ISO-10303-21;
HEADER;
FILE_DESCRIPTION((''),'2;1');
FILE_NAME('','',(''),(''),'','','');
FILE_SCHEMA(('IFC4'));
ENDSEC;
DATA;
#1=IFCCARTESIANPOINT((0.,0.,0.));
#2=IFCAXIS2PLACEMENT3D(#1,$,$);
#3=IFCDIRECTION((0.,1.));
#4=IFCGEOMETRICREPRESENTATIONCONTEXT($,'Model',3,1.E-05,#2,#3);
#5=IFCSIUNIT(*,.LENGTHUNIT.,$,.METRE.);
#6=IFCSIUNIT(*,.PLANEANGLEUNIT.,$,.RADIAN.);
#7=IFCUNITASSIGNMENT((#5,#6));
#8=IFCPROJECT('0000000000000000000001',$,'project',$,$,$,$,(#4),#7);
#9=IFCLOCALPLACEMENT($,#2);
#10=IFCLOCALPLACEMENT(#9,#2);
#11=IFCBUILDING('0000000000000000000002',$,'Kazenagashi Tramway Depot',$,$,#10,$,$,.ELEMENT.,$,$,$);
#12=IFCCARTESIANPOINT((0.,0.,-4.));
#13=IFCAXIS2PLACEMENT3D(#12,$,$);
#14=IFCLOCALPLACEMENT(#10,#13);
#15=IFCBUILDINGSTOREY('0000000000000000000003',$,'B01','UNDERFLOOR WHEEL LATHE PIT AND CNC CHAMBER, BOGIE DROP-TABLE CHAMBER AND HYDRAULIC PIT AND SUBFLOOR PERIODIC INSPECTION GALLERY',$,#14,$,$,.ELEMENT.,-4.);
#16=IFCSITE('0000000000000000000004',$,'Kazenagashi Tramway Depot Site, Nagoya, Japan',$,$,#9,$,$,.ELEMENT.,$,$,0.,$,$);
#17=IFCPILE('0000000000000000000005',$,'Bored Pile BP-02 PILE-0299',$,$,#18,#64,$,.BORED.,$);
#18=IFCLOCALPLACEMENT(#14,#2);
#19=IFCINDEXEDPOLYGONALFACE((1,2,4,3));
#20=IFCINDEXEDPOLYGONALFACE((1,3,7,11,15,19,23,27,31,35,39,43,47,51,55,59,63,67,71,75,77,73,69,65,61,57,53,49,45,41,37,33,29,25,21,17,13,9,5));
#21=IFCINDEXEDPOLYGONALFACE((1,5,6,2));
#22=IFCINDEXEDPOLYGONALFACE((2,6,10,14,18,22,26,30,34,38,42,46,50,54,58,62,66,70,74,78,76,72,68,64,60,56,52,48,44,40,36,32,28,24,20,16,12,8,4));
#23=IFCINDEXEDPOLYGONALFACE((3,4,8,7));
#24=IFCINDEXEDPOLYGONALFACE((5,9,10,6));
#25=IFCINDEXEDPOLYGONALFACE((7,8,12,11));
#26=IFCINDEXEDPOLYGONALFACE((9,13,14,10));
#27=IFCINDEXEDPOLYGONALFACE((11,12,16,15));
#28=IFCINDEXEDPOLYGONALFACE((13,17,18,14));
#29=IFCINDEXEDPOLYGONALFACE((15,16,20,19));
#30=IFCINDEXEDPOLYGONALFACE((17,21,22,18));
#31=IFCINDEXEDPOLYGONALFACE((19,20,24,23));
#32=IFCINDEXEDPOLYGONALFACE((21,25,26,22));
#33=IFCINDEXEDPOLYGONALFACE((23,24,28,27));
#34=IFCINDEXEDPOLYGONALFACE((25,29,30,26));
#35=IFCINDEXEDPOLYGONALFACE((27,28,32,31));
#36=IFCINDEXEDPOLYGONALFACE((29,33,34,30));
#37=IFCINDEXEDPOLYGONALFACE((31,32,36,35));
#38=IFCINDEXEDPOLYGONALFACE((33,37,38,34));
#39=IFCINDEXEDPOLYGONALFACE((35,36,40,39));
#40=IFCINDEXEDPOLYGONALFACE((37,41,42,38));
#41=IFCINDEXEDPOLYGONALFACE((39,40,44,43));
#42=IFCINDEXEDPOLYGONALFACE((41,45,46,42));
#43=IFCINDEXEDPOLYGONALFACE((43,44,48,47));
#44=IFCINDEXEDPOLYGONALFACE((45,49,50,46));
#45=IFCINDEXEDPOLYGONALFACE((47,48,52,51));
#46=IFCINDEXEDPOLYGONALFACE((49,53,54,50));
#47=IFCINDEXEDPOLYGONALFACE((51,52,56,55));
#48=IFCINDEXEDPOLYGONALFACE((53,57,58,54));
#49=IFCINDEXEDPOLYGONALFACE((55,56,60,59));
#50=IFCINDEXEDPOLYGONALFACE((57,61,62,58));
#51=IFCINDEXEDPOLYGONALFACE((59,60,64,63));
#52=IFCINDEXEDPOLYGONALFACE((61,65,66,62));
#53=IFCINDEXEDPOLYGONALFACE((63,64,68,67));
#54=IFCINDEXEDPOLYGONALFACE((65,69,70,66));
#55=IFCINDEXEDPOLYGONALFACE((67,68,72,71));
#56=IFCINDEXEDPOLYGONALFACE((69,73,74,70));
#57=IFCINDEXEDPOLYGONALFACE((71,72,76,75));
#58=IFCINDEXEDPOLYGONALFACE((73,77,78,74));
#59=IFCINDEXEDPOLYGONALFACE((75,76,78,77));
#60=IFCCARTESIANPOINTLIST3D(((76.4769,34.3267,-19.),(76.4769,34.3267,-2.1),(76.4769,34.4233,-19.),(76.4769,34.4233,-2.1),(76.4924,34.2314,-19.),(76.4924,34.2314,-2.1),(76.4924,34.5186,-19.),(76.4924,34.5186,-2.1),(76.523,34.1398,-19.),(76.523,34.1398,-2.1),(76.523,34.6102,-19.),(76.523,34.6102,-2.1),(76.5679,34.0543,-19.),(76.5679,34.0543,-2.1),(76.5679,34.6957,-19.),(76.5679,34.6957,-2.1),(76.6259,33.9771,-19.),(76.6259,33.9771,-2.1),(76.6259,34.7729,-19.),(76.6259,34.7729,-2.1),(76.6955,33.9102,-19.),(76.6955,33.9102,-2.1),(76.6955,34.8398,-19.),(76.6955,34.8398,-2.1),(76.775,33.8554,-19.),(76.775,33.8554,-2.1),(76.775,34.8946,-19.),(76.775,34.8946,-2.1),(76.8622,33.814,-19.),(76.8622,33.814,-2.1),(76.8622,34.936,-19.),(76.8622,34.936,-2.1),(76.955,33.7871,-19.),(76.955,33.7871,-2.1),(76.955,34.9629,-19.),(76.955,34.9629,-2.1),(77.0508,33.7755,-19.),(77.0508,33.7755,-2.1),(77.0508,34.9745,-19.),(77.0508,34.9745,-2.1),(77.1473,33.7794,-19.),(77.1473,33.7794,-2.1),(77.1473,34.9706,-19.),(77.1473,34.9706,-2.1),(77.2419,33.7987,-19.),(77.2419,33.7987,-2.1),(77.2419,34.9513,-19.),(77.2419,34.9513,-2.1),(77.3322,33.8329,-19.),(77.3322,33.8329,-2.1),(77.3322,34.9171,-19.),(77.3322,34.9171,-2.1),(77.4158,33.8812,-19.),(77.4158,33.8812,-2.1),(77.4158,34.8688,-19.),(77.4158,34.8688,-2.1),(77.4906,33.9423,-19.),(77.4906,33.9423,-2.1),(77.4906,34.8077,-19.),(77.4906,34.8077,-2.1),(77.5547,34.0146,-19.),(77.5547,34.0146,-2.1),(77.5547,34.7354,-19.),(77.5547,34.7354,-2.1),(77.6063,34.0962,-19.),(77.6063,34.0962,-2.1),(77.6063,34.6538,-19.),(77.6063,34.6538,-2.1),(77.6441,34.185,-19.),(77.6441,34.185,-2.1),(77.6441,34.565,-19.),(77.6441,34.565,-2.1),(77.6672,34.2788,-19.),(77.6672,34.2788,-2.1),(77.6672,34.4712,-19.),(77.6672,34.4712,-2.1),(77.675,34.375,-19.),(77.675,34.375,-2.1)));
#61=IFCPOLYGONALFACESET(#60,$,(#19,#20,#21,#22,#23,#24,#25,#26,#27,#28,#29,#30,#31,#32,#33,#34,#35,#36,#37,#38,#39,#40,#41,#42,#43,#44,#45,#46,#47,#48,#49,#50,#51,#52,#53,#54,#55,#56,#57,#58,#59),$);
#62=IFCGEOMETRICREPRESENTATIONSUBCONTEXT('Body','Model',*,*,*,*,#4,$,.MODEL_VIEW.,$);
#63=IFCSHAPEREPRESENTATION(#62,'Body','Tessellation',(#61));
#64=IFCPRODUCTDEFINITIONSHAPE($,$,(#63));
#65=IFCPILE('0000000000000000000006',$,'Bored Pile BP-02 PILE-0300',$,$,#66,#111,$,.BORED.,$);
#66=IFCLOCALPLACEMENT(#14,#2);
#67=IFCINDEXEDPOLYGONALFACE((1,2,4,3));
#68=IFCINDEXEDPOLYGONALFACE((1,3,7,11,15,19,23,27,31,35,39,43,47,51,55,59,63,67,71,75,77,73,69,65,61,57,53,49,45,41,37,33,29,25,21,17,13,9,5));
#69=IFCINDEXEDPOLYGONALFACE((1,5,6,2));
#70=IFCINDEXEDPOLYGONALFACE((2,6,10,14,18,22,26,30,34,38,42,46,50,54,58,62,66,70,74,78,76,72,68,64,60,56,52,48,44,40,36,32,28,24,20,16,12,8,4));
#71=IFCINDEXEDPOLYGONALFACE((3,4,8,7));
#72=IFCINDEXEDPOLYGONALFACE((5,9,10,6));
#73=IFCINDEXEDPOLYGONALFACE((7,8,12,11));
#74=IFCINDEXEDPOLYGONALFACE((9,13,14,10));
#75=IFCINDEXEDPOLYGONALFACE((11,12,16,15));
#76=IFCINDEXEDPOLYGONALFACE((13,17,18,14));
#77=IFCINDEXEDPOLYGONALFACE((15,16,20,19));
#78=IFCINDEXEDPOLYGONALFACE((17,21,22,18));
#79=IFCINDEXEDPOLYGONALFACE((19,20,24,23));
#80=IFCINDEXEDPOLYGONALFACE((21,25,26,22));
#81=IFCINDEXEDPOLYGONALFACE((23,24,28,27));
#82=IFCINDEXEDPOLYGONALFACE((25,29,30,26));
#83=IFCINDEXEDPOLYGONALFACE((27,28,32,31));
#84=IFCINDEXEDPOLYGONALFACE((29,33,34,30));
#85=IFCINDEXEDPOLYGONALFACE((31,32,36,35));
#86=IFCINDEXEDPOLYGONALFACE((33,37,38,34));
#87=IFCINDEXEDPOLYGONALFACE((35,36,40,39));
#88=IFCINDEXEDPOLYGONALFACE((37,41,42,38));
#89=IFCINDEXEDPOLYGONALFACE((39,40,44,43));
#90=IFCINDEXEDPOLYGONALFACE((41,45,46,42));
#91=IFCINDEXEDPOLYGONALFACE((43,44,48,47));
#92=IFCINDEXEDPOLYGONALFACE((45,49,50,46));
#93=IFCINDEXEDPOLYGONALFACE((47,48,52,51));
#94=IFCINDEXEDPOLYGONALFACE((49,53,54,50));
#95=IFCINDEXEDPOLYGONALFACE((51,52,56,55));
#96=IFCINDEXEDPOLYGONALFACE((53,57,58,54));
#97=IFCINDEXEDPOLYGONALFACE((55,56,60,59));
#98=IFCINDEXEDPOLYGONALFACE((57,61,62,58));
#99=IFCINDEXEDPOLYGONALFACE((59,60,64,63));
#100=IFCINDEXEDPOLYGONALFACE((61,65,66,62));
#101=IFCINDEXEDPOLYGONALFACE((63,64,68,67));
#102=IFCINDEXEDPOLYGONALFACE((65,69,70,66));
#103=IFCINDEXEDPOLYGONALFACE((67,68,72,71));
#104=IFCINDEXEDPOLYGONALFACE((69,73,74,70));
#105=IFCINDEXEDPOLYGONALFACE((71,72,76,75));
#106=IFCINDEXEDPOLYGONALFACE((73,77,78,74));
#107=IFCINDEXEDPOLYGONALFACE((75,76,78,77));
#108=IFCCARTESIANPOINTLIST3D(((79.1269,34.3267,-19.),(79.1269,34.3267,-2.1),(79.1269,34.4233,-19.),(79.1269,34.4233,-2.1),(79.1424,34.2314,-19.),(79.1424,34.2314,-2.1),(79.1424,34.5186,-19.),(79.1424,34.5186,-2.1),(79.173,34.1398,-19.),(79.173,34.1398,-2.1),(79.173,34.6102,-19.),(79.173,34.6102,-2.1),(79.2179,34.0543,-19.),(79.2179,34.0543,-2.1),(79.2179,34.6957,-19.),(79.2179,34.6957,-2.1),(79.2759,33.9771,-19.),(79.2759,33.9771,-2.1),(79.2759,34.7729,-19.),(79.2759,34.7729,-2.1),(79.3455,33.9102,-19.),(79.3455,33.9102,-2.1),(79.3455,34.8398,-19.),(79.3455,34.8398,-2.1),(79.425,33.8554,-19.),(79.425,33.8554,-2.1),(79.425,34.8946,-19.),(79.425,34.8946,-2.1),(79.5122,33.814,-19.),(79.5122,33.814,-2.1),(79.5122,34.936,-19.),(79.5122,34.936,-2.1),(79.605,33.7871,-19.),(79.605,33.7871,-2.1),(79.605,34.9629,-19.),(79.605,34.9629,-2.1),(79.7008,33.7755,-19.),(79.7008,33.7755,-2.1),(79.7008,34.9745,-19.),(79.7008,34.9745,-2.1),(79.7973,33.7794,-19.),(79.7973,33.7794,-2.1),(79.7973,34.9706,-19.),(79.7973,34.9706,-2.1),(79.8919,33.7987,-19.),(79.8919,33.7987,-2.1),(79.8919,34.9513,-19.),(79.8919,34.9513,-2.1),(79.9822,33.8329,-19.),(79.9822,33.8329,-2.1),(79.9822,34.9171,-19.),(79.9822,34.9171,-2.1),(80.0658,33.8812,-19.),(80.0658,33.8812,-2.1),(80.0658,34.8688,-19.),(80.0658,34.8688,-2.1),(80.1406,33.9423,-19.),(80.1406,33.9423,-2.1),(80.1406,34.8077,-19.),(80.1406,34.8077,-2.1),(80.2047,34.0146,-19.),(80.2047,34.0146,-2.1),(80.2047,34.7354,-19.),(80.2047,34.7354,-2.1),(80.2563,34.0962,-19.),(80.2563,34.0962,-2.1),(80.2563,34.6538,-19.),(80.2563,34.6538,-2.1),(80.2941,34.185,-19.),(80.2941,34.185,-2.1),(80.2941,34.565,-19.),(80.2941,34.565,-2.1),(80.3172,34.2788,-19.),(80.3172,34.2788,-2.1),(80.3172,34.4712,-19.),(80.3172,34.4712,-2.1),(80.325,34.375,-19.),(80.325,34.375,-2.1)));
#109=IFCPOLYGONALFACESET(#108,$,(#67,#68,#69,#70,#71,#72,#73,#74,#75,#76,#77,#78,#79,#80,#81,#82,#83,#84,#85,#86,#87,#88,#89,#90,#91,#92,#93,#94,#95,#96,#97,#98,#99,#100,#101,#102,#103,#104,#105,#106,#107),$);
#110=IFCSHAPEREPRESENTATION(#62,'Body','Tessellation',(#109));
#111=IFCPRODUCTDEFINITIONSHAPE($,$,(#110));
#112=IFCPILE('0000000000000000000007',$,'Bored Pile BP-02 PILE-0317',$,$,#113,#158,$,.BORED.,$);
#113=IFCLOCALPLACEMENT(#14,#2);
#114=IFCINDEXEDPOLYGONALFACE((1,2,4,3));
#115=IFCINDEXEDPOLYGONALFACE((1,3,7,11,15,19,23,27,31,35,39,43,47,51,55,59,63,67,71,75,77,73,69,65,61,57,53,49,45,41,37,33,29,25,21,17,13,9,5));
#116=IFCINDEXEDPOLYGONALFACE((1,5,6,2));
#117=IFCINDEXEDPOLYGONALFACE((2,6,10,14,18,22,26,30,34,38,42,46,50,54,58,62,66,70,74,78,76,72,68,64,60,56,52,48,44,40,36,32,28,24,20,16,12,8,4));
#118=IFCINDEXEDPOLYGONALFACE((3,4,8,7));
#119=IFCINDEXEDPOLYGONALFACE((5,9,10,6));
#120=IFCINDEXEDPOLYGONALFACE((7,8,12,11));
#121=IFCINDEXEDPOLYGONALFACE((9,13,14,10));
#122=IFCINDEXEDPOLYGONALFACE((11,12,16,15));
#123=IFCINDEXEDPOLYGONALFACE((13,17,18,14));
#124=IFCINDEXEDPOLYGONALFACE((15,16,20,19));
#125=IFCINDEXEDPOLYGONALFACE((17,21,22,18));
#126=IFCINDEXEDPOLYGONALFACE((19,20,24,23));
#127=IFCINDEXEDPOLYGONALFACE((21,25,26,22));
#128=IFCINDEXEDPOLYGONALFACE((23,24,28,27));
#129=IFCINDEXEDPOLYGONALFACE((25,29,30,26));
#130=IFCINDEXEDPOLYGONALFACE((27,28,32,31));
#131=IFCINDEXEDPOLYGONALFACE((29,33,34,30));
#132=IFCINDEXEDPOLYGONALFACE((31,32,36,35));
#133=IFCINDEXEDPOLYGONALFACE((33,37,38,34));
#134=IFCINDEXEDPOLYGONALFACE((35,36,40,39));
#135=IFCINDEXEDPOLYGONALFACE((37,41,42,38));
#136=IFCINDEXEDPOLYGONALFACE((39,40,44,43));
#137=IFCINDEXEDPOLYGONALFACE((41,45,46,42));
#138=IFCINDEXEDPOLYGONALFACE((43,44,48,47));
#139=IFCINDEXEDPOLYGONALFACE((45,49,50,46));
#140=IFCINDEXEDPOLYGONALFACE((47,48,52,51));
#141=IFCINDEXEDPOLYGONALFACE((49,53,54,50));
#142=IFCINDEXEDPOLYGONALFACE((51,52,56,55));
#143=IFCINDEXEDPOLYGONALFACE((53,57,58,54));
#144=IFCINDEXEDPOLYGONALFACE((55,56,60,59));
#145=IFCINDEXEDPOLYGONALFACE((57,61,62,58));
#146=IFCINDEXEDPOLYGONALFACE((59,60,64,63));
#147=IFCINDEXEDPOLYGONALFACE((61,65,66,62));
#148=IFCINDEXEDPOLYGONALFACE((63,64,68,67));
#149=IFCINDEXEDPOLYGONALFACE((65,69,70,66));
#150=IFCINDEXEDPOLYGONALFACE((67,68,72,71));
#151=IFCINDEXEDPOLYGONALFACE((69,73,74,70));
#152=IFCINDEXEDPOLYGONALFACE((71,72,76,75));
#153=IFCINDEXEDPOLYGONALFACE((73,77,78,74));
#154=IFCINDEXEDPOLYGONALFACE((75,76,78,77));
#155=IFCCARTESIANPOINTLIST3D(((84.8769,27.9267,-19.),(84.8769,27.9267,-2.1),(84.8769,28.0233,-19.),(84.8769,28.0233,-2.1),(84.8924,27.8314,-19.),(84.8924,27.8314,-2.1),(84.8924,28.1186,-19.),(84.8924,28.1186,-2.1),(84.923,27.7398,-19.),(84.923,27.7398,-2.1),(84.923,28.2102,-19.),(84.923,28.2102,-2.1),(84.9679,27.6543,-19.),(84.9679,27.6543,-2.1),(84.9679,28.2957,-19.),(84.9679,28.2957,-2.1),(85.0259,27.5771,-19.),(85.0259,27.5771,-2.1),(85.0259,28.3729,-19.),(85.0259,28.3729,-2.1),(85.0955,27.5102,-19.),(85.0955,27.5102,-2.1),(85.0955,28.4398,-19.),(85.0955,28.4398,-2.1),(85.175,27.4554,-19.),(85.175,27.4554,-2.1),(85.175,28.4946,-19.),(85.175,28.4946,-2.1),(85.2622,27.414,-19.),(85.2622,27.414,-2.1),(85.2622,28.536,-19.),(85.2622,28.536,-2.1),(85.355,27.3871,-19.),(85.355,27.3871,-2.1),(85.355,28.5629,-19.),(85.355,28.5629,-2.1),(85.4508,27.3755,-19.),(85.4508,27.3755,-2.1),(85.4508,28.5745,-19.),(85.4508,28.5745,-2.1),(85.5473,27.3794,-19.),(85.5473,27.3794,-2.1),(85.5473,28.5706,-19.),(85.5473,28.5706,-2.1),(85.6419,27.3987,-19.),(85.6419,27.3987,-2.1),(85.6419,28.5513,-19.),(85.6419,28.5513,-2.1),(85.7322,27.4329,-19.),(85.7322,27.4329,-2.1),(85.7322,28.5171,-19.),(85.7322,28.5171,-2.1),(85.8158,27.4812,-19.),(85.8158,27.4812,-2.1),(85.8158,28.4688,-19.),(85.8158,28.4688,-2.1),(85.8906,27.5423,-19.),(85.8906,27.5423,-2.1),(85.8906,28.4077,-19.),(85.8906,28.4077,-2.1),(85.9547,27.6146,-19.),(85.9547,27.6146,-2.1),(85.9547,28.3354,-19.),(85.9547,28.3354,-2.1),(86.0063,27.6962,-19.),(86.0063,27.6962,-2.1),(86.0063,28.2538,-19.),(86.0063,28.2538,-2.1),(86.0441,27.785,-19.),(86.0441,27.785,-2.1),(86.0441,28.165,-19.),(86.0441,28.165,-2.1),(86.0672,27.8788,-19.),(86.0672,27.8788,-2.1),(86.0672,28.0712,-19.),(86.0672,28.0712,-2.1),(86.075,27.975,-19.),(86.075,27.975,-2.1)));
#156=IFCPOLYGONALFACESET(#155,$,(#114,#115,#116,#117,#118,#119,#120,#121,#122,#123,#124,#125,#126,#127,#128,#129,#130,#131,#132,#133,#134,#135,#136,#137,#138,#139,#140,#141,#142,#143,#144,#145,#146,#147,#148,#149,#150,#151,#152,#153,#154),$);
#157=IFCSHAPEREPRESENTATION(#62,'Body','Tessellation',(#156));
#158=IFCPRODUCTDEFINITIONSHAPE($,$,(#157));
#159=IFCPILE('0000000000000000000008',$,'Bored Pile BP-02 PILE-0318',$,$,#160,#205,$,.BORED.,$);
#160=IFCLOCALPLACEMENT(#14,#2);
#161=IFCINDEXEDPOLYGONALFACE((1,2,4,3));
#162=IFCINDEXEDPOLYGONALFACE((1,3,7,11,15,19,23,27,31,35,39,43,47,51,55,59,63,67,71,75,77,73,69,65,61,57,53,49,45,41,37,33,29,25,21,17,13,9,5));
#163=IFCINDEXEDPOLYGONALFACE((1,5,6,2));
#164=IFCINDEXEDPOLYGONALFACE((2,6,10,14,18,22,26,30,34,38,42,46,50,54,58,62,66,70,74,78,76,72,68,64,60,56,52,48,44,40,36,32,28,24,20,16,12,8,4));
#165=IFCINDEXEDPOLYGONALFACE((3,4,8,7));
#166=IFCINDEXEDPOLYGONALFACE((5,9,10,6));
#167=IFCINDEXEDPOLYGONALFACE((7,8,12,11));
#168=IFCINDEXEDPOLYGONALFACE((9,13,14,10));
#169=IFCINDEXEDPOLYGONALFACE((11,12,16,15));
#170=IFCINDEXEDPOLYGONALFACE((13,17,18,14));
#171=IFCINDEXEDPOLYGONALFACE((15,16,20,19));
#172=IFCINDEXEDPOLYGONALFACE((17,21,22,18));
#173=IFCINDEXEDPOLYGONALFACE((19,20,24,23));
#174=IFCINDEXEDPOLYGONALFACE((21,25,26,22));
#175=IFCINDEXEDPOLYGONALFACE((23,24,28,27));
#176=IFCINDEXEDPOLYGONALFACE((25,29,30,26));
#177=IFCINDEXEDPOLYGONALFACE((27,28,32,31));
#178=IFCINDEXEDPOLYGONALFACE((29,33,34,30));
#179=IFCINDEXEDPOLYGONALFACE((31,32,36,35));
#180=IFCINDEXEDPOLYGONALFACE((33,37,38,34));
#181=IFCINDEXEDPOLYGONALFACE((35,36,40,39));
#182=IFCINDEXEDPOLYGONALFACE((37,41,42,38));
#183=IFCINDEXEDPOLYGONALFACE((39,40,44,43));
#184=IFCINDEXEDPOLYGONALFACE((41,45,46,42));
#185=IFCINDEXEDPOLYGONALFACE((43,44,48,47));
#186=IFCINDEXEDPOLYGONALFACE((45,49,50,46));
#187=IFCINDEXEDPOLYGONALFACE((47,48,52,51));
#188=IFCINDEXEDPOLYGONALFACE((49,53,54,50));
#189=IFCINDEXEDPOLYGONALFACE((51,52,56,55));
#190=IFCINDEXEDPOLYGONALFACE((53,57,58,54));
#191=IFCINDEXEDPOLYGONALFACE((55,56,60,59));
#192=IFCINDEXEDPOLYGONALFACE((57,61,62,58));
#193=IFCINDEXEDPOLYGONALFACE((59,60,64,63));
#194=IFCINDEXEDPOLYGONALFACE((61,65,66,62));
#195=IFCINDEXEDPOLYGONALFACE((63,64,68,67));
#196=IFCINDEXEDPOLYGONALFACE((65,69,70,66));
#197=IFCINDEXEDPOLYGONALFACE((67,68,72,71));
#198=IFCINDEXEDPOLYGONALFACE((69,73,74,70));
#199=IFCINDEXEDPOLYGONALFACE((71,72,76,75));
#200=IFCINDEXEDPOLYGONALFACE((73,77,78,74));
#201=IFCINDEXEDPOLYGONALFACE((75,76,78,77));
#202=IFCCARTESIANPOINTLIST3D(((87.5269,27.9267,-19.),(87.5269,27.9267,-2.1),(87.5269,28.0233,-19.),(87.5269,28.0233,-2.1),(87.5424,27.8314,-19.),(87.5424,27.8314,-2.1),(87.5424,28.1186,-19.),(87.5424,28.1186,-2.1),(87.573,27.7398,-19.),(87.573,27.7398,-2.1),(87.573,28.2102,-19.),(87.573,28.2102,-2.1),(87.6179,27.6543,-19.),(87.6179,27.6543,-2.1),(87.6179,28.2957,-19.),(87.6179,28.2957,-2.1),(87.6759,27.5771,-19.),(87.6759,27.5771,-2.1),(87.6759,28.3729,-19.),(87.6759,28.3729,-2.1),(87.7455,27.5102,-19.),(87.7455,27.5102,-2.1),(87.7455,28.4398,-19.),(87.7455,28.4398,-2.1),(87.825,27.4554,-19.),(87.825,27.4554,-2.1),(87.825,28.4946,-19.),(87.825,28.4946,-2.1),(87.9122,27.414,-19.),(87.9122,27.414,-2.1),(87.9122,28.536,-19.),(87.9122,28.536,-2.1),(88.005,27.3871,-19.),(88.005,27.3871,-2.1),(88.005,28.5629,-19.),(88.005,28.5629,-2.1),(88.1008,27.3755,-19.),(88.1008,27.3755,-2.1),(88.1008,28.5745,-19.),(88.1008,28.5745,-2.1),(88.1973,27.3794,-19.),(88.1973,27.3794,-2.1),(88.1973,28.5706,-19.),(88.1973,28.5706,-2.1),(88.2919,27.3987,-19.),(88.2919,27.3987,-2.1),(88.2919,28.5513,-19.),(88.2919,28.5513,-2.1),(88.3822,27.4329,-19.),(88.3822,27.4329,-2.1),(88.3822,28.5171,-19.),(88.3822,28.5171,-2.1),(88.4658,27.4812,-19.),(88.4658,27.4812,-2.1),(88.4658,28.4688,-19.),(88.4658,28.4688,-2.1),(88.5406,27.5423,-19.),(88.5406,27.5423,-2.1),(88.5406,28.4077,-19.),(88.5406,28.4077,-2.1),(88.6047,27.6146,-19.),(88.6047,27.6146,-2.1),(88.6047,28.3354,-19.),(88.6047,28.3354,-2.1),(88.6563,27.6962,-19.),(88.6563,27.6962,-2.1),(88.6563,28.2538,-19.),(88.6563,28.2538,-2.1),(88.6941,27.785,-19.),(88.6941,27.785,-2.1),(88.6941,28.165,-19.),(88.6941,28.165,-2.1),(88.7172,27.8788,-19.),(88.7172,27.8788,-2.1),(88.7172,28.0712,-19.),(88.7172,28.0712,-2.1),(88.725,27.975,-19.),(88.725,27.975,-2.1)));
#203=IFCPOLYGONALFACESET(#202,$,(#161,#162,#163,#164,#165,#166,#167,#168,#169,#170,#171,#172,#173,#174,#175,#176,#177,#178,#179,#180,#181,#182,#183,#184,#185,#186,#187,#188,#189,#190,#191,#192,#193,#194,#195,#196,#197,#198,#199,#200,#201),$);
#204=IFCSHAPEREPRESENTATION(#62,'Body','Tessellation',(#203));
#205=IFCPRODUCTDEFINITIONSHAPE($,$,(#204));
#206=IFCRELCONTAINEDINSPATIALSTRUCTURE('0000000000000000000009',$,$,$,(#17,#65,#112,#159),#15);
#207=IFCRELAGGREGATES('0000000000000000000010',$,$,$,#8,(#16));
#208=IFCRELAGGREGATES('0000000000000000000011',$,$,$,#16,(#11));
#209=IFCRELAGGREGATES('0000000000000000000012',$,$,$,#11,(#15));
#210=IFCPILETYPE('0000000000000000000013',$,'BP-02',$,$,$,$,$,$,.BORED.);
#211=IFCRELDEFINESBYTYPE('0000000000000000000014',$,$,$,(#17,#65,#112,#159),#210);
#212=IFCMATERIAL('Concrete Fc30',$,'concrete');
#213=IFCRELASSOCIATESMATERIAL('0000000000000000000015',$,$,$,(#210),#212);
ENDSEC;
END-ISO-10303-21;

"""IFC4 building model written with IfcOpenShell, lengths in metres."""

from ifc_helpers import new_model, si_unit, direction, frame, origin, origin_2d, place, context, subcontext, project, spatial, circle, extrude, material, material_profile, profile_set, type_object, element, save


model = new_model("IFC4")

# Units and contexts
model_context = context("Model", 3, precision=1e-05, world=origin(), true_north=direction((0.0, 1.0)))
body_context = subcontext(model_context, "Body", "Model", "MODEL_VIEW")
ifc_project = project(units=[si_unit("LENGTHUNIT", "METRE"), si_unit("PLANEANGLEUNIT", "RADIAN")], contexts=[model_context])

# Site, building, storey
site_placement = place(None, origin())
site = spatial("IfcSite", under=ifc_project, at=site_placement, Name="Kazenagashi Tramway Depot Site, Nagoya, Japan", CompositionType="ELEMENT", RefElevation=0.0)
building_placement = place(site_placement, origin())
building = spatial("IfcBuilding", under=site, at=building_placement, Name="Kazenagashi Tramway Depot", CompositionType="ELEMENT")
storey_placement = place(building_placement, frame((0.0, 0.0, -4.0)))
storey = spatial("IfcBuildingStorey", under=building, at=storey_placement, Name="B01", Description="UNDERFLOOR WHEEL LATHE PIT AND CNC CHAMBER, BOGIE DROP-TABLE CHAMBER AND HYDRAULIC PIT AND SUBFLOOR PERIODIC INSPECTION GALLERY", CompositionType="ELEMENT", Elevation=-4.0)

# Piles
ifc_material_1 = material(Name="Concrete Fc30", Category="concrete")
ifc_material_profile_1 = material_profile(ifc_material_1, circle(Radius=0.6, at=origin_2d()), Name="PILE-1200")
ifc_profile_set_1 = profile_set([ifc_material_profile_1], Name="Concrete Fc30")
pile_type = type_object("IfcPileType", Name="BP-02", PredefinedType="BORED", material=ifc_profile_set_1)
for number, where, z_axis, x_axis, name in (
    (1, (77.075, 34.375, -2.1), (0.0, 0.0, -1.0), (1.0, 0.0, 0.0), "Bored Pile BP-02 PILE-0299"),
    (2, (79.725, 34.375, -2.1), (0.0, 0.0, -1.0), (1.0, 0.0, 0.0), "Bored Pile BP-02 PILE-0300"),
    (3, (85.475, 27.975, -2.1), (0.0, 0.0, -1.0), (1.0, 0.0, 0.0), "Bored Pile BP-02 PILE-0317"),
    (4, (88.125, 27.975, -2.1), (0.0, 0.0, -1.0), (1.0, 0.0, 0.0), "Bored Pile BP-02 PILE-0318"),
):
    element("IfcPile", number, at=place(storey_placement, frame(where, z_axis=z_axis, x_axis=x_axis)), inside=storey, type_object=pile_type, Name=name, PredefinedType="BORED", context=body_context, shape_type="SweptSolid", body=[
        extrude(circle(Radius=0.6, at=origin_2d()), origin(), (0.0, 0.0, 1.0), 16.9),
    ])

save(model, "model.ifc")
